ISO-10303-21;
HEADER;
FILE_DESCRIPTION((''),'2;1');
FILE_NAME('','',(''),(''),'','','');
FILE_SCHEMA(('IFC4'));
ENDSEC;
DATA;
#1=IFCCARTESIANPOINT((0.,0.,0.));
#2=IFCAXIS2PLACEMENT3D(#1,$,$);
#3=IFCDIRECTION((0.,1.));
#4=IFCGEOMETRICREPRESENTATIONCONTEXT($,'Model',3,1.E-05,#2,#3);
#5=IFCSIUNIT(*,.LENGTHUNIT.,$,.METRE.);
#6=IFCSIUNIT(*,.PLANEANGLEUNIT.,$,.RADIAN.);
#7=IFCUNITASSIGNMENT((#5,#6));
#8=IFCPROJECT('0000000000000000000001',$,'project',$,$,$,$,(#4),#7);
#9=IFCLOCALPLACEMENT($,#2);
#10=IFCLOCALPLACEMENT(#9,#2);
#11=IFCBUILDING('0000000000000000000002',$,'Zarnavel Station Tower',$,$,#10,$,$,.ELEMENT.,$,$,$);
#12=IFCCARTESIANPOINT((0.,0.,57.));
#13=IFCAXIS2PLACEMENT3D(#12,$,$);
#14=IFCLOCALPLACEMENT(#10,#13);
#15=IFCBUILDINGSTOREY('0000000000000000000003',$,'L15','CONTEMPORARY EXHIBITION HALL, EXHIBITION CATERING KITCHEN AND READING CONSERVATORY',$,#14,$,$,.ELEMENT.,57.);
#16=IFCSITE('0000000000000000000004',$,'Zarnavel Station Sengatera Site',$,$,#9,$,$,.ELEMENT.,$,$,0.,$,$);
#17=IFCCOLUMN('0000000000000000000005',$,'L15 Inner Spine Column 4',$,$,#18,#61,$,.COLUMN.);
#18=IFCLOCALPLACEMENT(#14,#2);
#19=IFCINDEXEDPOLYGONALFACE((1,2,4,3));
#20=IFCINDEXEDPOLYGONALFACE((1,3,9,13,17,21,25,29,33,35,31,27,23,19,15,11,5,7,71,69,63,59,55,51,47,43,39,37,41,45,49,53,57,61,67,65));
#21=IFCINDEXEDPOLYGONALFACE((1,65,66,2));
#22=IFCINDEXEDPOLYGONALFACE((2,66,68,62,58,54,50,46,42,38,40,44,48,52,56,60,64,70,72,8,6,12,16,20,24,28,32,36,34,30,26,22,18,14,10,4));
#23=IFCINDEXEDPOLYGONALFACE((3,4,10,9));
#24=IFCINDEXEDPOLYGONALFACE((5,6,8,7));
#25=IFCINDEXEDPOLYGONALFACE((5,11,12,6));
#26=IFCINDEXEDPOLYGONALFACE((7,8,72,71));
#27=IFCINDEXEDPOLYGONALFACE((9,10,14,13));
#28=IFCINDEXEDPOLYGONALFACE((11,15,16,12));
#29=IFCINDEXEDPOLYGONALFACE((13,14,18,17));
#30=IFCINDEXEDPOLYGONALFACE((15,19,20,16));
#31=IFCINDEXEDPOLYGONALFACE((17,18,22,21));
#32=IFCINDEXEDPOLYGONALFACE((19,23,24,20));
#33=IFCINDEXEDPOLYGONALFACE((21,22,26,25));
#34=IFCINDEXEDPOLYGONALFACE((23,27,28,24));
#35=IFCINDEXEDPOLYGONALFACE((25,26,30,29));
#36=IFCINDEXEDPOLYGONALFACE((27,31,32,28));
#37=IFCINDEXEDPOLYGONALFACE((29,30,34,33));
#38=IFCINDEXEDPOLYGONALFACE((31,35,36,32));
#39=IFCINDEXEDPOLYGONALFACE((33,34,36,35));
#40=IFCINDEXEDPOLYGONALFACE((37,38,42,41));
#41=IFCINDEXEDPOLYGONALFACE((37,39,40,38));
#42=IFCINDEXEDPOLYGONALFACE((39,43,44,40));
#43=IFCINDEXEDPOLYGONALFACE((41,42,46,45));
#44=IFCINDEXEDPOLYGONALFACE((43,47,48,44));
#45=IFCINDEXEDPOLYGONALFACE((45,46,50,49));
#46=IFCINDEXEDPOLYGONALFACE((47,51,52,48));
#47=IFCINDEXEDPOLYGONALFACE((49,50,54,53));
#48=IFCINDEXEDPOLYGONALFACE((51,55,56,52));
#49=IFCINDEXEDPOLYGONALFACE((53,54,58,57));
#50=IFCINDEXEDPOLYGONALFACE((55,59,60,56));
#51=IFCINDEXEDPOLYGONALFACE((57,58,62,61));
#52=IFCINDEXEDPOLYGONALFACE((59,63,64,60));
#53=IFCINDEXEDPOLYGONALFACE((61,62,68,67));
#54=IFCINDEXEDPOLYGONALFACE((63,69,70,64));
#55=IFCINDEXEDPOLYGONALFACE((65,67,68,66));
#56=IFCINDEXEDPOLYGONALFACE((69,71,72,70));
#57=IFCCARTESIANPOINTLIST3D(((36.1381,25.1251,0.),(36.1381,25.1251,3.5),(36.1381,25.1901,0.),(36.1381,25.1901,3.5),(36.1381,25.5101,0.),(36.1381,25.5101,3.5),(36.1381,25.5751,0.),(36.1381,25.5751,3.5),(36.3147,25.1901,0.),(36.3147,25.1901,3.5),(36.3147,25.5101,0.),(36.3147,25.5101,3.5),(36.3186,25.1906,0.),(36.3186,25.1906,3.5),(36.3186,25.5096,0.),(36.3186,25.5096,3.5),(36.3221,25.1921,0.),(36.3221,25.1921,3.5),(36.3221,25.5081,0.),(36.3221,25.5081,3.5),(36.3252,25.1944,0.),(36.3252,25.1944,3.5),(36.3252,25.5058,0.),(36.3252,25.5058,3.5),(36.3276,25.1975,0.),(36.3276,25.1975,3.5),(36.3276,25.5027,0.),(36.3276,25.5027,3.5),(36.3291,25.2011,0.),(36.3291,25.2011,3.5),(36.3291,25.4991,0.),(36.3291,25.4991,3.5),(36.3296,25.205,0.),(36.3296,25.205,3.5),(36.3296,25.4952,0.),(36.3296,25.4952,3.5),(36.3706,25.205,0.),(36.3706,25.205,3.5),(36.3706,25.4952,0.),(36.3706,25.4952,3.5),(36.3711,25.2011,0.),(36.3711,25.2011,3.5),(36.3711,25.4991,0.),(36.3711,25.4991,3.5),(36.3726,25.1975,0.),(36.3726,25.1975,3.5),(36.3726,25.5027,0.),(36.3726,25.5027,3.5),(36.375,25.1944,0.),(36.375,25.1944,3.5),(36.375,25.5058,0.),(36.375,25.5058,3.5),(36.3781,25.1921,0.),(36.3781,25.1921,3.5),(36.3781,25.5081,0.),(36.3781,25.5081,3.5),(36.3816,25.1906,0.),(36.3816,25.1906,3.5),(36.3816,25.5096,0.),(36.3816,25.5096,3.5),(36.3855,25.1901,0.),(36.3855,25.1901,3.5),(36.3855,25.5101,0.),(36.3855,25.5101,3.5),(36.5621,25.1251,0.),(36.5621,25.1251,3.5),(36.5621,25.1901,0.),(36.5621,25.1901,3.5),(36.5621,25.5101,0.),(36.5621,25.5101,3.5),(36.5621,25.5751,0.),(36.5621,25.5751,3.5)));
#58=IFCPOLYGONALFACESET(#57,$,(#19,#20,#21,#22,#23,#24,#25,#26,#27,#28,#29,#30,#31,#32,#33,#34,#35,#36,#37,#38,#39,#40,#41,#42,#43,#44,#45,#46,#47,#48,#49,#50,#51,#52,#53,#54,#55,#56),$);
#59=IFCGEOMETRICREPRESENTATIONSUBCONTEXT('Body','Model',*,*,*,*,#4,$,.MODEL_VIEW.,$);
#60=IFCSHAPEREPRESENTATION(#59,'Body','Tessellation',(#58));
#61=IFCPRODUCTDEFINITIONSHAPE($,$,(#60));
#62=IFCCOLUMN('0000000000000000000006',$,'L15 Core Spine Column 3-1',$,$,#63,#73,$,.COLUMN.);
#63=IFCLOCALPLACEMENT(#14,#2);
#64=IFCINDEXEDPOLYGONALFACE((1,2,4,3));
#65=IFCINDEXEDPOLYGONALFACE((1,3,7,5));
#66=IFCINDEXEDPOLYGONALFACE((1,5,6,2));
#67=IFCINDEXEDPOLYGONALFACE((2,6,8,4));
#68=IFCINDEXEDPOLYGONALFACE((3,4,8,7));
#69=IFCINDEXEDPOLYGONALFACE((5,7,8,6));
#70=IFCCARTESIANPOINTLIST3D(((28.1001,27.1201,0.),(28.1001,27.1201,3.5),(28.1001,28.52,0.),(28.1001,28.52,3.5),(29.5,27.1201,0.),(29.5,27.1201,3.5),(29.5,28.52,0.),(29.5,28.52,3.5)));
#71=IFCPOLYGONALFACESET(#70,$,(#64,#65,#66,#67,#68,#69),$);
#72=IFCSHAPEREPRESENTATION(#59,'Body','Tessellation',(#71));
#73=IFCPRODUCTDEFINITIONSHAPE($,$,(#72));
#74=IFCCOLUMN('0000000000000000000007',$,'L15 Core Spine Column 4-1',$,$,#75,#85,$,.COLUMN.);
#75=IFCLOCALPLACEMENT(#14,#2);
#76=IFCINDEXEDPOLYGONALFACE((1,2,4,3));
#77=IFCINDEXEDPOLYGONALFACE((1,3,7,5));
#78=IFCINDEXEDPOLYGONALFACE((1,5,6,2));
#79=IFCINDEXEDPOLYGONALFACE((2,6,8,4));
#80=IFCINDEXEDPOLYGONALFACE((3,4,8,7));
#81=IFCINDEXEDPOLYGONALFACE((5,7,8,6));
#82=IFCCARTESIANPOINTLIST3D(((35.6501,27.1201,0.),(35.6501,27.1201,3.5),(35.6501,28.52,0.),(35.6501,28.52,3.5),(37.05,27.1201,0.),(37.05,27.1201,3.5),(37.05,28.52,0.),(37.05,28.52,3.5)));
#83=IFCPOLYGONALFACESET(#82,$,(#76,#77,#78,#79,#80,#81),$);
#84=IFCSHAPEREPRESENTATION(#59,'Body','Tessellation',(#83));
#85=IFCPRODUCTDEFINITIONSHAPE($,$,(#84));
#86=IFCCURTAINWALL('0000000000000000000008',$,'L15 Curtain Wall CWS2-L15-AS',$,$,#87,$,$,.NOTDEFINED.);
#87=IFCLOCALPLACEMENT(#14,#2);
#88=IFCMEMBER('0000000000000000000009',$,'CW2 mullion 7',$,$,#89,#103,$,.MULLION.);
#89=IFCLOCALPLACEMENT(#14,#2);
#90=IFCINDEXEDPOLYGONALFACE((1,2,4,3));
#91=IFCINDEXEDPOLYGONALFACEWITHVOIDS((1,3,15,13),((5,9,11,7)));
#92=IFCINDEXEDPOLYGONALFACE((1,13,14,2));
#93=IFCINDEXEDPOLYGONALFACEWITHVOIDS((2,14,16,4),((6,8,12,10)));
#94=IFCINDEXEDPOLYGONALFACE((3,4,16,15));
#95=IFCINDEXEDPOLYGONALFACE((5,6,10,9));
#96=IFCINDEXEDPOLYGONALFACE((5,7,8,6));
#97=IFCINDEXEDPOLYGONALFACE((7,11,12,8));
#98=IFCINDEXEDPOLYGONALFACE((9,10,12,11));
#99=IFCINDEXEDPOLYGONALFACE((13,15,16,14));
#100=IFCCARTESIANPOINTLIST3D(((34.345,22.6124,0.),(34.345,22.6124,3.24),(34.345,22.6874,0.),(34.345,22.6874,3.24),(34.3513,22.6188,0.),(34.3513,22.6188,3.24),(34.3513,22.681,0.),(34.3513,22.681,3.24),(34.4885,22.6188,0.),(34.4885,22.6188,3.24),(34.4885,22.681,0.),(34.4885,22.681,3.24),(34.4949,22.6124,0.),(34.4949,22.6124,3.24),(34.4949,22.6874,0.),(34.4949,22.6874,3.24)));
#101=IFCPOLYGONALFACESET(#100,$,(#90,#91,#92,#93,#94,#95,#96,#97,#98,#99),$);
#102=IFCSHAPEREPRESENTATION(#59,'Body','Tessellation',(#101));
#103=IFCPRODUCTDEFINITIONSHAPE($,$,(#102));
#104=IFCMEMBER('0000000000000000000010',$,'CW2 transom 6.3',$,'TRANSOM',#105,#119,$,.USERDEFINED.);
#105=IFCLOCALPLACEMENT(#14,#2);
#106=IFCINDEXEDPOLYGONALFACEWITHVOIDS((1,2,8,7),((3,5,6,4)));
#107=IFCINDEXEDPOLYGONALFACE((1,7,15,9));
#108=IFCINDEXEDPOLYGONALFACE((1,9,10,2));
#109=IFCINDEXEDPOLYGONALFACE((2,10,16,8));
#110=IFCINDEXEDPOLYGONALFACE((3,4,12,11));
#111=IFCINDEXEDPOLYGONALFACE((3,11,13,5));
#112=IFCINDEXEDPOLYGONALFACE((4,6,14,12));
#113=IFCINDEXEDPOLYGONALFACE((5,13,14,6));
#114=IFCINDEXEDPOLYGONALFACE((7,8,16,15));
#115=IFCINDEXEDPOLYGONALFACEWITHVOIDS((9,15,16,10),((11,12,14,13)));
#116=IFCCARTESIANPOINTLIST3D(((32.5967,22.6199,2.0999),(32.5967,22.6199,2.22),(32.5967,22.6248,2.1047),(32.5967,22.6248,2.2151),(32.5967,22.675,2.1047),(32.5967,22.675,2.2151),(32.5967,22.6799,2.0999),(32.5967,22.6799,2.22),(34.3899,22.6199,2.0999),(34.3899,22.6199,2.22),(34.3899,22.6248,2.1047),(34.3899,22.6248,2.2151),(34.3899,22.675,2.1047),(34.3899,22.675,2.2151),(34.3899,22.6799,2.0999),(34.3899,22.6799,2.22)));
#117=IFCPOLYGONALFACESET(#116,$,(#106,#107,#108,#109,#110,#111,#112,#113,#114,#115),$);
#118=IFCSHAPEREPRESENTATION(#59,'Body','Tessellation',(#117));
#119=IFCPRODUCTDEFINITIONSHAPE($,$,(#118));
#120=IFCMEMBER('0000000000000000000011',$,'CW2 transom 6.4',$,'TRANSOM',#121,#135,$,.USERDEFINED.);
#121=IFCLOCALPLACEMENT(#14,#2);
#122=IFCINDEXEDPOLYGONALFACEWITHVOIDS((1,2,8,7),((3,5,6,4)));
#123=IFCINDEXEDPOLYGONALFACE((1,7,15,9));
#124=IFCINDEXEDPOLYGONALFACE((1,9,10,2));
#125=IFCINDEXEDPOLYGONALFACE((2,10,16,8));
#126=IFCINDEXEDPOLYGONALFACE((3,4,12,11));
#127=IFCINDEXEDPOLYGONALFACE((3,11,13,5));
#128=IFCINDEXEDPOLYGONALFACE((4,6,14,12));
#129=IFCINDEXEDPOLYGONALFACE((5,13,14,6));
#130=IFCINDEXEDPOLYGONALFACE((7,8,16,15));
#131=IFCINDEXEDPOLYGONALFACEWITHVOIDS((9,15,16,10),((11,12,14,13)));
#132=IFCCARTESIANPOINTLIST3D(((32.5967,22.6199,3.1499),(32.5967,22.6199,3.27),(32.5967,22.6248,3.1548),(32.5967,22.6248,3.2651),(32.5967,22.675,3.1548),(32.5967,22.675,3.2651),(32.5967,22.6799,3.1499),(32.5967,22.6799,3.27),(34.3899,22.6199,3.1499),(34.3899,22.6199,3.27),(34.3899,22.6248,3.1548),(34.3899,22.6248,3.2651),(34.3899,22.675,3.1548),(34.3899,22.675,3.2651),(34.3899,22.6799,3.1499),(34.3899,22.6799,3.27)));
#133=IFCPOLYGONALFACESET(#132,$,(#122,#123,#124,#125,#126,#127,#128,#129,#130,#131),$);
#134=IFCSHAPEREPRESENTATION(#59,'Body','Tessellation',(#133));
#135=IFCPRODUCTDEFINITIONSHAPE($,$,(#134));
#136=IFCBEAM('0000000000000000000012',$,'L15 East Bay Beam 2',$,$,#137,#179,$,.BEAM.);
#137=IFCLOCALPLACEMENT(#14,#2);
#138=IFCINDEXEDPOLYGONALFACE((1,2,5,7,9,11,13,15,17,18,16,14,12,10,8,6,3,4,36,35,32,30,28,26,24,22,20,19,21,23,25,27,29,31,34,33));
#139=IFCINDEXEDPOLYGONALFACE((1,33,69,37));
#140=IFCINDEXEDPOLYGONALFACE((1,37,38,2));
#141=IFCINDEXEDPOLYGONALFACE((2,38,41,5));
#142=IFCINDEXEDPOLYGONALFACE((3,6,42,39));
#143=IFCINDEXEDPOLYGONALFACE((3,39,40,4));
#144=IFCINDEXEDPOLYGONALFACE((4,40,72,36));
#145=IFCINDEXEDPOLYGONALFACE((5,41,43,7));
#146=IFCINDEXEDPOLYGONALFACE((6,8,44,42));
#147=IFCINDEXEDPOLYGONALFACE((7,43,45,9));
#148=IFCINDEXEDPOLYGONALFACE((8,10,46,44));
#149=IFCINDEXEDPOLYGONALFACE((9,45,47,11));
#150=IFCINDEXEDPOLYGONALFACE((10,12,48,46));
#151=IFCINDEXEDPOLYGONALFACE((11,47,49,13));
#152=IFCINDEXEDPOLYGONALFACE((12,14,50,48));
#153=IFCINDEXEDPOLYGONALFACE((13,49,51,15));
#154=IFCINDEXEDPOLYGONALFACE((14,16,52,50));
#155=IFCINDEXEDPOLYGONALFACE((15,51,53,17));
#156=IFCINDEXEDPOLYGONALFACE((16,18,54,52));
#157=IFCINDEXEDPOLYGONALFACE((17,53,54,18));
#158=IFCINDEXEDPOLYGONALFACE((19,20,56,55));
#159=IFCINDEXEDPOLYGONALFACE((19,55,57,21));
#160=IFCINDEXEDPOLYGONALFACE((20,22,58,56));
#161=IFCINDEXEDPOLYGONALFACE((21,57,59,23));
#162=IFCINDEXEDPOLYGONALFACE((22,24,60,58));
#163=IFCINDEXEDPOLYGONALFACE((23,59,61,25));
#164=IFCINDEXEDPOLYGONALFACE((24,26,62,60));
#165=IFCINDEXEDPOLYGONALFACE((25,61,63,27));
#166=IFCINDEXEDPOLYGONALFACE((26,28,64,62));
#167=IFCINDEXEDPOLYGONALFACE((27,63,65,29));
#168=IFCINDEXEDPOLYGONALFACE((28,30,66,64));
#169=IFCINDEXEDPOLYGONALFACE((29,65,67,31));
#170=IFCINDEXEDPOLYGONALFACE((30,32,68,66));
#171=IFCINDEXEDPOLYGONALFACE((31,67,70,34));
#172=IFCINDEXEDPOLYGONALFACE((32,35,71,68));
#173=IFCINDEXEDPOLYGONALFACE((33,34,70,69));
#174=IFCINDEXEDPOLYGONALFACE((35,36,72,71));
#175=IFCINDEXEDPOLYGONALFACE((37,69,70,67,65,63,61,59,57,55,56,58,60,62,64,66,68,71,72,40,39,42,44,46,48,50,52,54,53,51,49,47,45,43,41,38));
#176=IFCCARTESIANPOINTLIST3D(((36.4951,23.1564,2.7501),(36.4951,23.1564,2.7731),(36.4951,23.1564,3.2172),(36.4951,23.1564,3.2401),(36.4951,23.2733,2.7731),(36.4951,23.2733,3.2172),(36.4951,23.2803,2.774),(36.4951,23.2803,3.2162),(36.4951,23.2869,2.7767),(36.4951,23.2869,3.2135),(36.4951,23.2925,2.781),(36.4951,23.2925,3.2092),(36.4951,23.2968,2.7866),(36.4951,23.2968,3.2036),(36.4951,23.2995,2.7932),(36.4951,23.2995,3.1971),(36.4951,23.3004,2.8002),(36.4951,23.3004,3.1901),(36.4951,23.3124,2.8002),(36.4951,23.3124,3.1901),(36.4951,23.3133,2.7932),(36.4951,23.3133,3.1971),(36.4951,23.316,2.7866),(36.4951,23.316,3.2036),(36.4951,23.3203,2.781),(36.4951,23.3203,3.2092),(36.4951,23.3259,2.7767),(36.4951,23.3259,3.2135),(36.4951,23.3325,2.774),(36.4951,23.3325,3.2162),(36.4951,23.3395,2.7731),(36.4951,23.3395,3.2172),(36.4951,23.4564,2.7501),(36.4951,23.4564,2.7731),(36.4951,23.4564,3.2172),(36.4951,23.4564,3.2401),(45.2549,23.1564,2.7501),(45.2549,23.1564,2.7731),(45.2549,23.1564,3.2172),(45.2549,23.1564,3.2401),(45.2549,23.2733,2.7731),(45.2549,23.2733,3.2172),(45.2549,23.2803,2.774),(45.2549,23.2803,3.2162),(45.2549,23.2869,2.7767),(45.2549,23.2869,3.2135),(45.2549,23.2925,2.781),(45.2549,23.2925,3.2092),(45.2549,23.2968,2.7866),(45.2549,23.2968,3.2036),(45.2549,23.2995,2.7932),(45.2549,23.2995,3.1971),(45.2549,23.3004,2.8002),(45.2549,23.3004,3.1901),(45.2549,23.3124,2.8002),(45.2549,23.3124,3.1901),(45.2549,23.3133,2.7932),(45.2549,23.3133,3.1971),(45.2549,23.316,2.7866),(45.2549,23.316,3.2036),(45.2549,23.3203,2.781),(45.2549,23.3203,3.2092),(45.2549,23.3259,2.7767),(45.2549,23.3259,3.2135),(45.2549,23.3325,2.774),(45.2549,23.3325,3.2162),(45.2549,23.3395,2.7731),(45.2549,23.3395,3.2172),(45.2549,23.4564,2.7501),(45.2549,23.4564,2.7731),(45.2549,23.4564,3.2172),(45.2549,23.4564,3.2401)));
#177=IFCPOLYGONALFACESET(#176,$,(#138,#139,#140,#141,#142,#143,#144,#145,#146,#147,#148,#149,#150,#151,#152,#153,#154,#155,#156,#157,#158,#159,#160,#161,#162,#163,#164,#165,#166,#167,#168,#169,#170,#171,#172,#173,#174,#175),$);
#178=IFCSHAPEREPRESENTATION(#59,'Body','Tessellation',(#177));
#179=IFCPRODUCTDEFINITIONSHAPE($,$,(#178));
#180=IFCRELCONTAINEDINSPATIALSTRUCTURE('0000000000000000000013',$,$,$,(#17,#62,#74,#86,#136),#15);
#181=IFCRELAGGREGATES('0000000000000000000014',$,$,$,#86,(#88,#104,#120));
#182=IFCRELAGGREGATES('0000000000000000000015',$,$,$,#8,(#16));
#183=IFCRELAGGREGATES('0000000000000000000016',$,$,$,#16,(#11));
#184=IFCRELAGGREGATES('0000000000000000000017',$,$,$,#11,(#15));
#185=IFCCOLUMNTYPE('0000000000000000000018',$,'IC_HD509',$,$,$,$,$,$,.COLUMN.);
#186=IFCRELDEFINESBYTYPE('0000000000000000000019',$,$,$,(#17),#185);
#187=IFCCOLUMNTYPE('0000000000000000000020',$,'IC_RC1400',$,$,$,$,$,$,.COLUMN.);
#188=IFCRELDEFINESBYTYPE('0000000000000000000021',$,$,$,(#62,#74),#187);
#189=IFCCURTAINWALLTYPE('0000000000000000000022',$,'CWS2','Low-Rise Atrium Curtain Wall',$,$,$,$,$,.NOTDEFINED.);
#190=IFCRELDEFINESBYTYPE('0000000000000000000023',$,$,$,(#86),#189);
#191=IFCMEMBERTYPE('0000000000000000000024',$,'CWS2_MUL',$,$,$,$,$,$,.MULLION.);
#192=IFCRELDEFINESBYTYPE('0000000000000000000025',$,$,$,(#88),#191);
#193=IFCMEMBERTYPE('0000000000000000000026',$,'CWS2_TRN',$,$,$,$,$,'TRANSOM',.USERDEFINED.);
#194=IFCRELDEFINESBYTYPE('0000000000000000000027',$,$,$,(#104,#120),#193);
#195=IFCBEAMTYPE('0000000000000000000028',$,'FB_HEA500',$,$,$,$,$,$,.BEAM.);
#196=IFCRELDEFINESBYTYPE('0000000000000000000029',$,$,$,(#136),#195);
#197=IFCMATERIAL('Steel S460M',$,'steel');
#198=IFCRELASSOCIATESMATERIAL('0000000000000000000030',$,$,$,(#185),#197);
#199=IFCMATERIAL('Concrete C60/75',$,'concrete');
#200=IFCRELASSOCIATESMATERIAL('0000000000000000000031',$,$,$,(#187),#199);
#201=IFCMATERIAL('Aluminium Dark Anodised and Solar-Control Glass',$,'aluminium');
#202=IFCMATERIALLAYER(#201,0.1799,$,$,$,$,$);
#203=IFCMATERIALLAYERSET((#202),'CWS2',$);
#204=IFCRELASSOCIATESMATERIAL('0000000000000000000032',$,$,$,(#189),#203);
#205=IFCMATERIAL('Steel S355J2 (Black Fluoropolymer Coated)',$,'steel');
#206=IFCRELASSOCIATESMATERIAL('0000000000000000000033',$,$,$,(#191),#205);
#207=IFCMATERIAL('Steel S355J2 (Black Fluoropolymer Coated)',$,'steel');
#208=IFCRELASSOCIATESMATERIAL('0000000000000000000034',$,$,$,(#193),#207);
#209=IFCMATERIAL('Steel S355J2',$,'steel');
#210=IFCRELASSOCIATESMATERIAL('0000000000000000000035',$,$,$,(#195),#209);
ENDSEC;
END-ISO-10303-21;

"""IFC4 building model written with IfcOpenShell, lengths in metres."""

from ifc_helpers import new_model, si_unit, direction, frame, origin, origin_2d, place, context, subcontext, project, spatial, rectangle, hollow_rectangle, i_section, extrude, material, layer, layer_set, material_profile, profile_set, type_object, element, aggregate, save


model = new_model("IFC4")

# Units and contexts
model_context = context("Model", 3, precision=1e-05, world=origin(), true_north=direction((0.0, 1.0)))
body_context = subcontext(model_context, "Body", "Model", "MODEL_VIEW")
ifc_project = project(units=[si_unit("LENGTHUNIT", "METRE"), si_unit("PLANEANGLEUNIT", "RADIAN")], contexts=[model_context])

# Site, building, storey
site_placement = place(None, origin())
site = spatial("IfcSite", under=ifc_project, at=site_placement, Name="Zarnavel Station Sengatera Site", CompositionType="ELEMENT", RefElevation=0.0)
building_placement = place(site_placement, origin())
building = spatial("IfcBuilding", under=site, at=building_placement, Name="Zarnavel Station Tower", CompositionType="ELEMENT")
storey_placement = place(building_placement, frame((0.0, 0.0, 57.0)))
storey = spatial("IfcBuildingStorey", under=building, at=storey_placement, Name="L15", Description="CONTEMPORARY EXHIBITION HALL, EXHIBITION CATERING KITCHEN AND READING CONSERVATORY", CompositionType="ELEMENT", Elevation=57.0)

# Columns
ifc_material_1 = material(Name="Steel S460M", Category="steel")
ifc_material_profile_1 = material_profile(ifc_material_1, i_section(OverallWidth=0.4241, OverallDepth=0.45, WebThickness=0.041, FlangeThickness=0.0649, FilletRadius=0.0149, at=origin_2d()), Name="HD400x509")
ifc_profile_set_1 = profile_set([ifc_material_profile_1], Name="Steel S460M")
column_type_1 = type_object("IfcColumnType", Name="IC_HD509", PredefinedType="COLUMN", material=ifc_profile_set_1)
column_placement = place(storey_placement, frame((36.3501, 25.3501, 0.0), z_axis=(0.0, 0.0, 1.0), x_axis=(1.0, 0.0, 0.0)))
element("IfcColumn", 1, at=column_placement, inside=storey, type_object=column_type_1, Name="L15 Inner Spine Column 4", PredefinedType="COLUMN", context=body_context, shape_type="SweptSolid", body=[
    extrude(i_section(OverallWidth=0.4241, OverallDepth=0.45, WebThickness=0.041, FlangeThickness=0.0649, FilletRadius=0.0149, at=origin_2d()), origin(), (0.0, 0.0, 1.0), 3.5),
])
ifc_material_2 = material(Name="Concrete C60/75", Category="concrete")
ifc_material_profile_2 = material_profile(ifc_material_2, rectangle(XDim=1.3999, YDim=1.3999, at=origin_2d()), Name="RC1400x1400")
ifc_profile_set_2 = profile_set([ifc_material_profile_2], Name="Concrete C60/75")
column_type_2 = type_object("IfcColumnType", Name="IC_RC1400", PredefinedType="COLUMN", material=ifc_profile_set_2)
for number, where, z_axis, x_axis, name in (
    (2, (28.8, 27.8201, 0.0), (0.0, 0.0, 1.0), (1.0, 0.0, 0.0), "L15 Core Spine Column 3-1"),
    (3, (36.3501, 27.8201, 0.0), (0.0, 0.0, 1.0), (1.0, 0.0, 0.0), "L15 Core Spine Column 4-1"),
):
    element("IfcColumn", number, at=place(storey_placement, frame(where, z_axis=z_axis, x_axis=x_axis)), inside=storey, type_object=column_type_2, Name=name, PredefinedType="COLUMN", context=body_context, shape_type="SweptSolid", body=[
        extrude(rectangle(XDim=1.3999, YDim=1.3999, at=origin_2d()), origin(), (0.0, 0.0, 1.0), 3.5),
    ])

# Curtain wall, members
ifc_material_3 = material(Name="Aluminium Dark Anodised and Solar-Control Glass", Category="aluminium")
ifc_layer_1 = layer(ifc_material_3, 0.1799)
ifc_layer_set_1 = layer_set([ifc_layer_1], Name="CWS2")
curtain_wall_type = type_object("IfcCurtainWallType", Name="CWS2", Description="Low-Rise Atrium Curtain Wall", PredefinedType="NOTDEFINED", material=ifc_layer_set_1)
curtain_wall_placement = place(storey_placement, origin())
curtain_wall = element("IfcCurtainWall", 4, at=curtain_wall_placement, inside=storey, type_object=curtain_wall_type, Name="L15 Curtain Wall CWS2-L15-AS", PredefinedType="NOTDEFINED")
ifc_material_4 = material(Name="Steel S355J2 (Black Fluoropolymer Coated)", Category="steel")
ifc_material_profile_3 = material_profile(ifc_material_4, hollow_rectangle(XDim=0.075, YDim=0.1499, WallThickness=0.0063, at=origin_2d()), Name="RHS150x75x6.3")
ifc_profile_set_3 = profile_set([ifc_material_profile_3], Name="Steel S355J2 (Black Fluoropolymer Coated)")
member_type_1 = type_object("IfcMemberType", Name="CWS2_MUL", PredefinedType="MULLION", material=ifc_profile_set_3)
member_1_placement = place(storey_placement, frame((34.4199, 22.6499, 0.0), z_axis=(0.0, 0.0, 1.0), x_axis=(0.0, 1.0, 0.0)))
member_1 = element("IfcMember", 5, at=member_1_placement, type_object=member_type_1, Name="CW2 mullion 7", PredefinedType="MULLION", context=body_context, shape_type="SweptSolid", body=[
    extrude(hollow_rectangle(XDim=0.075, YDim=0.1499, WallThickness=0.0063, at=origin_2d()), origin(), (0.0, 0.0, 1.0), 3.24),
])
ifc_material_5 = material(Name="Steel S355J2 (Black Fluoropolymer Coated)", Category="steel")
ifc_material_profile_4 = material_profile(ifc_material_5, hollow_rectangle(XDim=0.0601, YDim=0.1201, WallThickness=0.0049, at=origin_2d()), Name="RHS120x60x5")
ifc_profile_set_4 = profile_set([ifc_material_profile_4], Name="Steel S355J2 (Black Fluoropolymer Coated)")
member_type_2 = type_object("IfcMemberType", Name="CWS2_TRN", ElementType="TRANSOM", PredefinedType="USERDEFINED", material=ifc_profile_set_4)
member_2_placement = place(storey_placement, frame((32.5967, 22.6499, 2.1599), z_axis=(1.0, 0.0, 0.0), x_axis=(0.0, 1.0, 0.0)))
member_2 = element("IfcMember", 6, at=member_2_placement, type_object=member_type_2, Name="CW2 transom 6.3", ObjectType="TRANSOM", PredefinedType="USERDEFINED", context=body_context, shape_type="SweptSolid", body=[
    extrude(hollow_rectangle(XDim=0.0601, YDim=0.1201, WallThickness=0.0049, at=origin_2d()), origin(), (0.0, 0.0, 1.0), 1.7932),
])
member_3_placement = place(storey_placement, frame((32.5967, 22.6499, 3.21), z_axis=(1.0, 0.0, 0.0), x_axis=(0.0, 1.0, 0.0)))
member_3 = element("IfcMember", 7, at=member_3_placement, type_object=member_type_2, Name="CW2 transom 6.4", ObjectType="TRANSOM", PredefinedType="USERDEFINED", context=body_context, shape_type="SweptSolid", body=[
    extrude(hollow_rectangle(XDim=0.0601, YDim=0.1201, WallThickness=0.0049, at=origin_2d()), origin(), (0.0, 0.0, 1.0), 1.7932),
])

# Beam
ifc_material_6 = material(Name="Steel S355J2", Category="steel")
ifc_material_profile_5 = material_profile(ifc_material_6, i_section(OverallWidth=0.3, OverallDepth=0.49, WebThickness=0.012, FlangeThickness=0.0229, FilletRadius=0.0271, at=origin_2d()), Name="HEA500")
ifc_profile_set_5 = profile_set([ifc_material_profile_5], Name="Steel S355J2")
beam_type_1 = type_object("IfcBeamType", Name="FB_HEA500", PredefinedType="BEAM", material=ifc_profile_set_5)
beam_1_placement = place(storey_placement, frame((36.4951, 23.3064, 2.9951), z_axis=(1.0, 0.0, 0.0), x_axis=(0.0, 1.0, 0.0)))
element("IfcBeam", 8, at=beam_1_placement, inside=storey, type_object=beam_type_1, Name="L15 East Bay Beam 2", PredefinedType="BEAM", context=body_context, shape_type="SweptSolid", body=[
    extrude(i_section(OverallWidth=0.3, OverallDepth=0.49, WebThickness=0.012, FlangeThickness=0.0229, FilletRadius=0.0271, at=origin_2d()), origin(), (0.0, 0.0, 1.0), 8.7598),
])

aggregate(curtain_wall, [member_1, member_2, member_3])

save(model, "model.ifc")
